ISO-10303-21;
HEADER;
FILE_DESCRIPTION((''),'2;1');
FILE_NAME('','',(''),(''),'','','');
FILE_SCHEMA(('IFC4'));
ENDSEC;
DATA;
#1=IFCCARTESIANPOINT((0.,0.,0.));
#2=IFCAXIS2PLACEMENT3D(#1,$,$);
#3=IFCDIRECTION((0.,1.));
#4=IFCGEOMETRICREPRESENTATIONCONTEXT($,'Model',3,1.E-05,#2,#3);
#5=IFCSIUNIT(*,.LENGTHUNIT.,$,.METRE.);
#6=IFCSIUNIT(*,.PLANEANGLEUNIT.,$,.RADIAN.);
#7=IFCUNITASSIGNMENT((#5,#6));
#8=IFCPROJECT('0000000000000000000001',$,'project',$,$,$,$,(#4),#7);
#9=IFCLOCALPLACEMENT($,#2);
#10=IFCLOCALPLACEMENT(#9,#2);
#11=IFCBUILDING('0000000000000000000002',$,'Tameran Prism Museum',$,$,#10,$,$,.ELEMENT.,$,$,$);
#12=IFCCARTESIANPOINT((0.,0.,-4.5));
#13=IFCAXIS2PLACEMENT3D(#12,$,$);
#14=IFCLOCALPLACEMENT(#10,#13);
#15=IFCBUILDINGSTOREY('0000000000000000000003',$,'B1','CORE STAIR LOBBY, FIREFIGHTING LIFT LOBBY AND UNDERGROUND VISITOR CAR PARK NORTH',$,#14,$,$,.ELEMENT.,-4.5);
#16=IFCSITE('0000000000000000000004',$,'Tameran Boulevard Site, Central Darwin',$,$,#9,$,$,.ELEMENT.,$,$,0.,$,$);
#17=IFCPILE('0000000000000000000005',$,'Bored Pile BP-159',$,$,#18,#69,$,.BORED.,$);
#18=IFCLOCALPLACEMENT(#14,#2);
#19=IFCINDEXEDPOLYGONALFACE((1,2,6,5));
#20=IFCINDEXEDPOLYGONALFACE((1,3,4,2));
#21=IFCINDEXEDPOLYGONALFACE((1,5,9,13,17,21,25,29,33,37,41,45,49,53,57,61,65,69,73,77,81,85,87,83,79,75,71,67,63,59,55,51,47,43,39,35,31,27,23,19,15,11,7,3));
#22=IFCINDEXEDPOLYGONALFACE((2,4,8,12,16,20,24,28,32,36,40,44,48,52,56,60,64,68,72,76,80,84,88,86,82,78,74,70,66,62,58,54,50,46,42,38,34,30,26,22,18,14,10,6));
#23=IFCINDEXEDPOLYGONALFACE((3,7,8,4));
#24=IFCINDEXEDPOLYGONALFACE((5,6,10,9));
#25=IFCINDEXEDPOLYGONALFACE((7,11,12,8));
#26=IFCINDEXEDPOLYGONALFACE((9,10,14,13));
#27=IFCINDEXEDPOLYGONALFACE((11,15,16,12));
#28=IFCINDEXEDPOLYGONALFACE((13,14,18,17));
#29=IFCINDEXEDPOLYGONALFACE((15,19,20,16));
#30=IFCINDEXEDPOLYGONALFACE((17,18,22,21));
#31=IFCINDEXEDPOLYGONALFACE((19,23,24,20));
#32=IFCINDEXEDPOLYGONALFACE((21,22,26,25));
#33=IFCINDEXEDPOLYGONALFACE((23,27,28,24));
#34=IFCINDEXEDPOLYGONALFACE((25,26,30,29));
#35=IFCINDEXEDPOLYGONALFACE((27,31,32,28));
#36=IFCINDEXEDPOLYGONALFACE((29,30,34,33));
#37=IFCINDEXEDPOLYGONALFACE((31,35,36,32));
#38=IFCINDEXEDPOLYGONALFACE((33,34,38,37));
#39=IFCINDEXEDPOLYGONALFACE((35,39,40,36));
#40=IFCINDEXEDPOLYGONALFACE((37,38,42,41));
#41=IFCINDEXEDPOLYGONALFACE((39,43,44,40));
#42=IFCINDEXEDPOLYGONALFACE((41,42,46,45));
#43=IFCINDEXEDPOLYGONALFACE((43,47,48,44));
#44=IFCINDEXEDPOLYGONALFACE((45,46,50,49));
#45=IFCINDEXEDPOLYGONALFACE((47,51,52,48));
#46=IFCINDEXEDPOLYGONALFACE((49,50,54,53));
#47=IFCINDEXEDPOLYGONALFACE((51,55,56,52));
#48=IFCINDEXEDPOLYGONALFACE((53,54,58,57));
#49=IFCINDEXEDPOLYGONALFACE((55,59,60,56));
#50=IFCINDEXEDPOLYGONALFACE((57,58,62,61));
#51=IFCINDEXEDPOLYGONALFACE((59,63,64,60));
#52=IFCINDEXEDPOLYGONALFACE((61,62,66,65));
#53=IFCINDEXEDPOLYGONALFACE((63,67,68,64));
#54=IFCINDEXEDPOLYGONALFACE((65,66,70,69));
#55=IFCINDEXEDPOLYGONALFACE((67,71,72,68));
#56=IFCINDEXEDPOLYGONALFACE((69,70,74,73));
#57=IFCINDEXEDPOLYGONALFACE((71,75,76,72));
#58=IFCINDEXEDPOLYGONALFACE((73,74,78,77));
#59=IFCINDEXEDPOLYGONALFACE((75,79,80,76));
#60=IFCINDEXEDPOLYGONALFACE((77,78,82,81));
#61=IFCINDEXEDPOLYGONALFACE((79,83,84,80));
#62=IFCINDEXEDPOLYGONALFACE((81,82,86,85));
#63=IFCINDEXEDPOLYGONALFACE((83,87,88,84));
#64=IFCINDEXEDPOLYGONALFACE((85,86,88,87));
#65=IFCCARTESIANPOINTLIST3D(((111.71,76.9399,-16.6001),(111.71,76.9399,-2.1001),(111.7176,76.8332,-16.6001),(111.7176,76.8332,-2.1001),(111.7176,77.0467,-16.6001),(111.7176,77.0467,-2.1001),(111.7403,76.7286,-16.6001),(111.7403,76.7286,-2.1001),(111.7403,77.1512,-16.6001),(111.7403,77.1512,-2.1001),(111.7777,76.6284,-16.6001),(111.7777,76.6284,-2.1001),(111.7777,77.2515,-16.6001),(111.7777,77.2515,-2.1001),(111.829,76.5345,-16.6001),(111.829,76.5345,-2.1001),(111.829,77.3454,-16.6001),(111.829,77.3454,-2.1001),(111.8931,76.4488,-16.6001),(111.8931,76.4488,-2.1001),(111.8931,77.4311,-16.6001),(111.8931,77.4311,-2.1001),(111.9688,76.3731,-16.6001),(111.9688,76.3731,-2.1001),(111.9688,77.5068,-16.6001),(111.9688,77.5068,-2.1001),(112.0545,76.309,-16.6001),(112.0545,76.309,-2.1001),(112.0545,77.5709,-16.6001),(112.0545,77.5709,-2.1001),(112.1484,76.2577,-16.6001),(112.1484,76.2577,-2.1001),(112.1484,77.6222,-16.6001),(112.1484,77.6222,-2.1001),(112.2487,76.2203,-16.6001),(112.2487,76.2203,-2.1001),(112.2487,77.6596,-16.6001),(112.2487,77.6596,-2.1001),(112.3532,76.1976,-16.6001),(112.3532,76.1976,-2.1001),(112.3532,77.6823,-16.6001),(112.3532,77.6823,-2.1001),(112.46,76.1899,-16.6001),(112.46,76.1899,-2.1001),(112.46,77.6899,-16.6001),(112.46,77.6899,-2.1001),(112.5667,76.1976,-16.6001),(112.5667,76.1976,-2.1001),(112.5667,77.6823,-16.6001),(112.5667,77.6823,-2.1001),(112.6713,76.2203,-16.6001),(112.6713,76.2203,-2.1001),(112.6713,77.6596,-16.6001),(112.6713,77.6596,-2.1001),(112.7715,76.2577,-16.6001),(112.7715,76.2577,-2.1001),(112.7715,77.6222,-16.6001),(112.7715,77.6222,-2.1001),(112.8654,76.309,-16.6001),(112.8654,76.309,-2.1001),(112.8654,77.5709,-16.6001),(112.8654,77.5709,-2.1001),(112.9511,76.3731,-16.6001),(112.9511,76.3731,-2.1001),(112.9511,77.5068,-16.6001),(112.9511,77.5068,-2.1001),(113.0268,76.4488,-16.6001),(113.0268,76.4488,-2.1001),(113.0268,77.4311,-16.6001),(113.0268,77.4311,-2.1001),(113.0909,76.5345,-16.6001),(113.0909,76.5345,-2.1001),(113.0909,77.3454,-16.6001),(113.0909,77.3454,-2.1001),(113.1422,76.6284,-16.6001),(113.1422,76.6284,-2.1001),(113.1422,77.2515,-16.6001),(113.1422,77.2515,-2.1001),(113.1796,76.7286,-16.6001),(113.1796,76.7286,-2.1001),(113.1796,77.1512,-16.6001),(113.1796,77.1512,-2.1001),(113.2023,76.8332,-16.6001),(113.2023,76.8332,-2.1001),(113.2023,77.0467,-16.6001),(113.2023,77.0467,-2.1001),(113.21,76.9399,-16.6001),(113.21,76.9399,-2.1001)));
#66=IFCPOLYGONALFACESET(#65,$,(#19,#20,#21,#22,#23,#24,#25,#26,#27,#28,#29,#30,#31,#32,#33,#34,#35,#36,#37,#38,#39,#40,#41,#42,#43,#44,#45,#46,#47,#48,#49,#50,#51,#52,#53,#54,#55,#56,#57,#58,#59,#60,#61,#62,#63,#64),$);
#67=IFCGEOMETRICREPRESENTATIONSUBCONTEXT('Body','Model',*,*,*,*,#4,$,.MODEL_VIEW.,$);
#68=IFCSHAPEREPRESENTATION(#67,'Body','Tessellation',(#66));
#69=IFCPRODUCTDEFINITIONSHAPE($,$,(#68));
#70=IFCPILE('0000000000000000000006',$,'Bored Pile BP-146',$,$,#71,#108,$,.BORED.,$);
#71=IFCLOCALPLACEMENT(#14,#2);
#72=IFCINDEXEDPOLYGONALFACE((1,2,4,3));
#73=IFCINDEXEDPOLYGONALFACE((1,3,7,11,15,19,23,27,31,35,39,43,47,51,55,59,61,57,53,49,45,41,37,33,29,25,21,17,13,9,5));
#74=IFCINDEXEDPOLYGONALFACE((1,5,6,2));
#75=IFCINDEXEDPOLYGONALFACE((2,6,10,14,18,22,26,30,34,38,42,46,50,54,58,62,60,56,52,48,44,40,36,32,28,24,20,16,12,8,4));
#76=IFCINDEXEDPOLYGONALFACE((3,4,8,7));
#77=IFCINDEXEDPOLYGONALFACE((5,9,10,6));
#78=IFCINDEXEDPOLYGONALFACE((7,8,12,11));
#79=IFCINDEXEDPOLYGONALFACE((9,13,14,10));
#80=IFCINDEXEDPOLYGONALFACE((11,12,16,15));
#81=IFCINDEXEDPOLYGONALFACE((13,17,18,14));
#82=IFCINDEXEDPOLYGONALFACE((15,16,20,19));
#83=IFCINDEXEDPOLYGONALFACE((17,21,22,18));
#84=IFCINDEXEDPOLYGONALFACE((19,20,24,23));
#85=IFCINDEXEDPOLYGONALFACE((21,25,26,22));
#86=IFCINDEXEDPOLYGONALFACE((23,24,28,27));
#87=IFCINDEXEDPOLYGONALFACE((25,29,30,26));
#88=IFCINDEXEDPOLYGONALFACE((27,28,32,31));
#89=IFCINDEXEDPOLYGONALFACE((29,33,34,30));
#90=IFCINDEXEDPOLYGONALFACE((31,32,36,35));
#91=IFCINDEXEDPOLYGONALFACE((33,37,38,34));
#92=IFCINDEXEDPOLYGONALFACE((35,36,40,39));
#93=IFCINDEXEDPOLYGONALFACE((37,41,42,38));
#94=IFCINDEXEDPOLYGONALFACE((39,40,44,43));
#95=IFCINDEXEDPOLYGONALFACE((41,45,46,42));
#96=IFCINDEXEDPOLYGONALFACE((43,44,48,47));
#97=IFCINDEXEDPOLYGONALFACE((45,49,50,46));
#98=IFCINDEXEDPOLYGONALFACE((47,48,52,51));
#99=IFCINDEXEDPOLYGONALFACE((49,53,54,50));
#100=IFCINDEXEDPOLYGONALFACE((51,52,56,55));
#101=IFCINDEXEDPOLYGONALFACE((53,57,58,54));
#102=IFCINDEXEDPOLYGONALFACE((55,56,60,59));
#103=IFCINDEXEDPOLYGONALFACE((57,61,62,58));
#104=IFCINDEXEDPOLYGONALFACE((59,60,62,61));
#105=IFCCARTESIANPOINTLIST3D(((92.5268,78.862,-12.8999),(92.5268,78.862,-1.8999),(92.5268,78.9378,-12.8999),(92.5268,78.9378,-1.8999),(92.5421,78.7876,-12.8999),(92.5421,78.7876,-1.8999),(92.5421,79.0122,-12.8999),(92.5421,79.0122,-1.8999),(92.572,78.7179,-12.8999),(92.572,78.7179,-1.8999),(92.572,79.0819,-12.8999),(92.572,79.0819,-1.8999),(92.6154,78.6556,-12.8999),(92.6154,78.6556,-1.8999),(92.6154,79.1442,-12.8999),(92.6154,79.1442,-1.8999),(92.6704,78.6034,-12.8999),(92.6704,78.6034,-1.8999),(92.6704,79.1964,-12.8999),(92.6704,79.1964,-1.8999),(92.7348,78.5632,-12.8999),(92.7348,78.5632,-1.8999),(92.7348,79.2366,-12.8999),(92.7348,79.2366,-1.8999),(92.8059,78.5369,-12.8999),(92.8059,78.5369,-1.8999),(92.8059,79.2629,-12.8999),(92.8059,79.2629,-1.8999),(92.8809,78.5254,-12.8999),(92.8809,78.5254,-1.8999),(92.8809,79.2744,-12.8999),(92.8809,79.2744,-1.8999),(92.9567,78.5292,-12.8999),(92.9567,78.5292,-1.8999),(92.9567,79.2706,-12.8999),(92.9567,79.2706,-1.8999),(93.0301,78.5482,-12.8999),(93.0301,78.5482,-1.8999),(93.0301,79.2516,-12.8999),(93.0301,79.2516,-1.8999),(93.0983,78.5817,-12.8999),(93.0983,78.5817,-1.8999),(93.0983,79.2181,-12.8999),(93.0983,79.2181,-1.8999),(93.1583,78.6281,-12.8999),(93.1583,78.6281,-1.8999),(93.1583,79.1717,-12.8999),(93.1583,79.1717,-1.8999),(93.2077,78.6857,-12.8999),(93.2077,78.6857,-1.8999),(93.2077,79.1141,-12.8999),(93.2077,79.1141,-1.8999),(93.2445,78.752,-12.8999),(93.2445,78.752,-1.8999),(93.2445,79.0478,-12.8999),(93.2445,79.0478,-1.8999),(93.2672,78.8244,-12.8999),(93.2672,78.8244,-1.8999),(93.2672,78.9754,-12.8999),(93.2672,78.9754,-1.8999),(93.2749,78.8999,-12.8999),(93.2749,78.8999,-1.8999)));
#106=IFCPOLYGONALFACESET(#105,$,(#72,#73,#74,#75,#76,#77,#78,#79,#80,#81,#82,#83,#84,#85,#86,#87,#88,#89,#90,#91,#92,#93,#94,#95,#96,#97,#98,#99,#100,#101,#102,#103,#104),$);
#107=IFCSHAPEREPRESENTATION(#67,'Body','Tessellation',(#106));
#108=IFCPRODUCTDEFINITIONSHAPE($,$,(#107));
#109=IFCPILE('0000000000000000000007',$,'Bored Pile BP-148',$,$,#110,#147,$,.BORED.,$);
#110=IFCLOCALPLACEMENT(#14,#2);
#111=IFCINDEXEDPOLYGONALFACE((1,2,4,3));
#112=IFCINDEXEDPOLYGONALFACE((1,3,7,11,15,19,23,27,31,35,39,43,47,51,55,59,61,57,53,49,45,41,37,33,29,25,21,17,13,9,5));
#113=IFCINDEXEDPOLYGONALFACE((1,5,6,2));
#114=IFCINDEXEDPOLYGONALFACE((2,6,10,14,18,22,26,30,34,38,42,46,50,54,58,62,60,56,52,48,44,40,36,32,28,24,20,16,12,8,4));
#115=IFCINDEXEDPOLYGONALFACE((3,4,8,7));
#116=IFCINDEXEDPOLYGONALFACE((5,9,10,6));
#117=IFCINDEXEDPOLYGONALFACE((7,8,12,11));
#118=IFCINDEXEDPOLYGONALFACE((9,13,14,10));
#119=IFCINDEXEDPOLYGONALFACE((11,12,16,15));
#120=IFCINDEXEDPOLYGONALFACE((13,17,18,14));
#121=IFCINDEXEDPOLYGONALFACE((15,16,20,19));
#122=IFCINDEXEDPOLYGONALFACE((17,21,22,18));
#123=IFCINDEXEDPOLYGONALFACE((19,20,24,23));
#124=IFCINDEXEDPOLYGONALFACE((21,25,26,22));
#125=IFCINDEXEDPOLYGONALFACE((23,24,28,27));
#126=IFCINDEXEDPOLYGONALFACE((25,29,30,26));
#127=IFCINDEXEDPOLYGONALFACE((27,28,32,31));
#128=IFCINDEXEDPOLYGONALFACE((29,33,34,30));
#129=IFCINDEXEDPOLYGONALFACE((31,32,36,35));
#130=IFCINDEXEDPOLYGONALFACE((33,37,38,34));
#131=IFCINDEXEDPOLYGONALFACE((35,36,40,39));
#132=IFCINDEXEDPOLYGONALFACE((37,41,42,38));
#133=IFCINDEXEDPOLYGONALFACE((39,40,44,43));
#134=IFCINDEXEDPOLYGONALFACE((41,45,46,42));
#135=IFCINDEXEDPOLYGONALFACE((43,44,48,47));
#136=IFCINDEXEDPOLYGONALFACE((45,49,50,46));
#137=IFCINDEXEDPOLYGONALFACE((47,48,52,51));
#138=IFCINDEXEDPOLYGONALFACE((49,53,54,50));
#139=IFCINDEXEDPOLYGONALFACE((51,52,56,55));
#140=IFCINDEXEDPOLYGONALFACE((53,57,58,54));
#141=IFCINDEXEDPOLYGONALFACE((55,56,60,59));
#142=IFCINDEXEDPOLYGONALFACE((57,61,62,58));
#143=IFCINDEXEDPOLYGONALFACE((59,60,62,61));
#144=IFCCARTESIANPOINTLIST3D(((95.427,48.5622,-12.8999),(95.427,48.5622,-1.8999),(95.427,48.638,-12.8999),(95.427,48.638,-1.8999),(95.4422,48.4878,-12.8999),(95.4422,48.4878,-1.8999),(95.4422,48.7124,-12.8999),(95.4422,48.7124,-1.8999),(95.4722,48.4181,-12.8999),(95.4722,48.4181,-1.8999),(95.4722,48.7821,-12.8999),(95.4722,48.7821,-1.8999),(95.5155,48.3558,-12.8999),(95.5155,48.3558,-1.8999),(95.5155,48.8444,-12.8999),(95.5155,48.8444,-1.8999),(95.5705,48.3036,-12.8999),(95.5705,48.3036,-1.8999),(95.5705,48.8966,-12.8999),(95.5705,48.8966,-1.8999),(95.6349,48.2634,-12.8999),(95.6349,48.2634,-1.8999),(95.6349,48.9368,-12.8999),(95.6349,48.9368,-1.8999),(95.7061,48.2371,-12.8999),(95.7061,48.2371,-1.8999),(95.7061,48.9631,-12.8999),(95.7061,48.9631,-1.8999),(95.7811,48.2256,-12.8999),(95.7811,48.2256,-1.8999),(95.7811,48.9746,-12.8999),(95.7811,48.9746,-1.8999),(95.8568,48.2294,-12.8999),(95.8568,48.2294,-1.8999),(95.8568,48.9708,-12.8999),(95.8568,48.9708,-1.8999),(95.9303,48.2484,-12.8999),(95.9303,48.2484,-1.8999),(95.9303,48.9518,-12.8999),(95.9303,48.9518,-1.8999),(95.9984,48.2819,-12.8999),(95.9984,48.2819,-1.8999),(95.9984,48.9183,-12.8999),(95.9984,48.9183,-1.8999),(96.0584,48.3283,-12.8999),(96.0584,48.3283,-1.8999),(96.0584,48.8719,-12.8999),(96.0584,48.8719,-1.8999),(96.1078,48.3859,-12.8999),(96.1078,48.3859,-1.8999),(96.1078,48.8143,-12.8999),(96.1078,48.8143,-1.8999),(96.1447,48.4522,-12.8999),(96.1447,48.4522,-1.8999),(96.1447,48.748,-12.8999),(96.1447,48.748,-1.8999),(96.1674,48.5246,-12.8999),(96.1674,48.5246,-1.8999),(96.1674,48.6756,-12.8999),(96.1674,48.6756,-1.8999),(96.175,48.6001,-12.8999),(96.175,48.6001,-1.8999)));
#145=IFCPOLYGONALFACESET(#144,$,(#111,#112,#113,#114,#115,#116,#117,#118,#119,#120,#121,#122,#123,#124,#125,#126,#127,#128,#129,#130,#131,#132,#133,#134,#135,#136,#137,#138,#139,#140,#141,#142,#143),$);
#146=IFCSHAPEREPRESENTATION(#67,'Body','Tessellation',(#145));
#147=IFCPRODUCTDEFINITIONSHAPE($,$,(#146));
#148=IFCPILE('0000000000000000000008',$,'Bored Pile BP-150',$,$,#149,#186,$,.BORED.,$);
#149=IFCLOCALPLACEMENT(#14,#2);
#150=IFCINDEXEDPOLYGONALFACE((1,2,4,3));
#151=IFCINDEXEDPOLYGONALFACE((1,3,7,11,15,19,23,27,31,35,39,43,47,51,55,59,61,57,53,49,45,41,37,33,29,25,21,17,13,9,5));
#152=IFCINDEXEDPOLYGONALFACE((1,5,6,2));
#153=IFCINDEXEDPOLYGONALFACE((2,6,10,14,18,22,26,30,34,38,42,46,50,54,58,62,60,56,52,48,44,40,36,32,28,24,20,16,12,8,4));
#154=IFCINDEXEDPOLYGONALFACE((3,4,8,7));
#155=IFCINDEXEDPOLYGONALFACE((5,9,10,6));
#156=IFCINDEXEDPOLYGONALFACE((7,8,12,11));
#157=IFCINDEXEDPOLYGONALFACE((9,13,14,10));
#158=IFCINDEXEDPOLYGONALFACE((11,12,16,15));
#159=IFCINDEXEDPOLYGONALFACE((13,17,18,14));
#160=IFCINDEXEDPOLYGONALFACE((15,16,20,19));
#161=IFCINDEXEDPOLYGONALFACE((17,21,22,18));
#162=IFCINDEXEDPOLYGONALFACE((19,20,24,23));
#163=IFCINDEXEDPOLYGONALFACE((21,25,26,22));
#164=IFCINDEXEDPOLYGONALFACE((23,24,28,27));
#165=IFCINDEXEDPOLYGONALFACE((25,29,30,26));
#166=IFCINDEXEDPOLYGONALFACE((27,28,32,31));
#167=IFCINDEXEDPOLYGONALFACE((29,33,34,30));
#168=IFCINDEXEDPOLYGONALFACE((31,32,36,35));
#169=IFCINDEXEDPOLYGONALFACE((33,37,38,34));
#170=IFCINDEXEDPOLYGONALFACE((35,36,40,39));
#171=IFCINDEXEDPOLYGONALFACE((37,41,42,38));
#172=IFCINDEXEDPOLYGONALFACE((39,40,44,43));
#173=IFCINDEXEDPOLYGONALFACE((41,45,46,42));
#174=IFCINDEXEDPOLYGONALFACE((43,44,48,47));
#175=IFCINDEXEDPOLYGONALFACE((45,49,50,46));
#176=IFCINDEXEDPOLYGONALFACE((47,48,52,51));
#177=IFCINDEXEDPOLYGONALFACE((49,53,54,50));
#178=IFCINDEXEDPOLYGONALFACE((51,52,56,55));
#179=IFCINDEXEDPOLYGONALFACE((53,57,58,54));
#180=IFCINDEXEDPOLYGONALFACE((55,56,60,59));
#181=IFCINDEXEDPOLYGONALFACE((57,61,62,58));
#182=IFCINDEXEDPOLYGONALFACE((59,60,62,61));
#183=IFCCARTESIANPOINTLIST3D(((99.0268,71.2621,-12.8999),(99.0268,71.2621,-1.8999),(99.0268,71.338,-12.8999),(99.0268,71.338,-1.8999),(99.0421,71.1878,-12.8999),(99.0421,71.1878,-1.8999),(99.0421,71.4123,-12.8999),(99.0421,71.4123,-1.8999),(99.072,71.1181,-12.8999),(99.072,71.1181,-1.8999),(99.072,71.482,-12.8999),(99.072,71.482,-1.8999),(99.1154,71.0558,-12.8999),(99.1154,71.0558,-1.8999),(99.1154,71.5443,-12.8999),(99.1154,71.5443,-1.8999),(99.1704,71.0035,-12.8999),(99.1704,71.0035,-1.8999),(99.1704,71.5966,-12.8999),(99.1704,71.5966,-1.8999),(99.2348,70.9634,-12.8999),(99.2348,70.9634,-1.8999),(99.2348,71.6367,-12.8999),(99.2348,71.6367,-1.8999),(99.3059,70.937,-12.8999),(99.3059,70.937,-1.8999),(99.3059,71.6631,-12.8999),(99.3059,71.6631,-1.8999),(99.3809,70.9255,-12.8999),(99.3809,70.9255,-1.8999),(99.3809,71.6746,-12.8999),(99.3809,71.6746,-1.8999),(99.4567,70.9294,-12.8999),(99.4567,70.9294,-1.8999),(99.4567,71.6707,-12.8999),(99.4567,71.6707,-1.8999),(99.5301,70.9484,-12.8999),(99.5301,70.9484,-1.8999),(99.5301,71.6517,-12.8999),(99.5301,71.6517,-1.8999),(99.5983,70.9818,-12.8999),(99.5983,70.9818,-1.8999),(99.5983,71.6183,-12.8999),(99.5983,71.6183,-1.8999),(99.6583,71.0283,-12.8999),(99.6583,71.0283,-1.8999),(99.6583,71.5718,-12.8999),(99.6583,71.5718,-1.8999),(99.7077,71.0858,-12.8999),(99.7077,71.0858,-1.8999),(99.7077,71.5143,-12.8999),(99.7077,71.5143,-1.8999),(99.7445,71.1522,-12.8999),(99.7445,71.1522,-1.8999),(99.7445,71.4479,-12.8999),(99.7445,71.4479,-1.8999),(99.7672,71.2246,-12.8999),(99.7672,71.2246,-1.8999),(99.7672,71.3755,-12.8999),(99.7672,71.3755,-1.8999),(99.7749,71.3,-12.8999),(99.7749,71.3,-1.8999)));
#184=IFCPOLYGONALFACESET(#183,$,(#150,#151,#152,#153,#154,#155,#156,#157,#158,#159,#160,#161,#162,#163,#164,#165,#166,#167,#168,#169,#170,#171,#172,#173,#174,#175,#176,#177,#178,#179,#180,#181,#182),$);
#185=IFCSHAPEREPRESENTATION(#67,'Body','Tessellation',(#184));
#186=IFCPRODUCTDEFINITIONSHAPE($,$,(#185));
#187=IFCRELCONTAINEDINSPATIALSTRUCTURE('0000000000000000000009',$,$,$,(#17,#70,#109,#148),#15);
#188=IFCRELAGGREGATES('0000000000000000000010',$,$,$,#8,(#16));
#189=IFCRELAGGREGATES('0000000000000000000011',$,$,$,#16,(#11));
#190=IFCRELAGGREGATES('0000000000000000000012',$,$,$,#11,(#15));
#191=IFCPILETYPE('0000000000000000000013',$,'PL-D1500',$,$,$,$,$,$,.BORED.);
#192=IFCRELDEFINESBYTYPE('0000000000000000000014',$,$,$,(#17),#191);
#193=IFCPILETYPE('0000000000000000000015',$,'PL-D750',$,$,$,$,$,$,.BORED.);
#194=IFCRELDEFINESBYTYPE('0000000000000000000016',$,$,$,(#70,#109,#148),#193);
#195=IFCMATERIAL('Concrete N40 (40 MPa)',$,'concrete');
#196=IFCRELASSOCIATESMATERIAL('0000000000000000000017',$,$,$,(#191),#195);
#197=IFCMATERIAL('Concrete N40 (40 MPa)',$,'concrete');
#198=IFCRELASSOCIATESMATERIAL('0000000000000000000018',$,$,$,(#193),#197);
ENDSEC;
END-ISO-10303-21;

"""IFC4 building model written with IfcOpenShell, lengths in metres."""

from ifc_helpers import new_model, si_unit, direction, frame, origin, origin_2d, place, context, subcontext, project, spatial, circle, extrude, material, material_profile, profile_set, type_object, element, save


model = new_model("IFC4")

# Units and contexts
model_context = context("Model", 3, precision=1e-05, world=origin(), true_north=direction((0.0, 1.0)))
body_context = subcontext(model_context, "Body", "Model", "MODEL_VIEW")
ifc_project = project(units=[si_unit("LENGTHUNIT", "METRE"), si_unit("PLANEANGLEUNIT", "RADIAN")], contexts=[model_context])

# Site, building, storey
site_placement = place(None, origin())
site = spatial("IfcSite", under=ifc_project, at=site_placement, Name="Tameran Boulevard Site, Central Darwin", CompositionType="ELEMENT", RefElevation=0.0)
building_placement = place(site_placement, origin())
building = spatial("IfcBuilding", under=site, at=building_placement, Name="Tameran Prism Museum", CompositionType="ELEMENT")
storey_placement = place(building_placement, frame((0.0, 0.0, -4.5)))
storey = spatial("IfcBuildingStorey", under=building, at=storey_placement, Name="B1", Description="CORE STAIR LOBBY, FIREFIGHTING LIFT LOBBY AND UNDERGROUND VISITOR CAR PARK NORTH", CompositionType="ELEMENT", Elevation=-4.5)

# Piles
ifc_material_1 = material(Name="Concrete N40 (40 MPa)", Category="concrete")
ifc_material_profile_1 = material_profile(ifc_material_1, circle(Radius=0.75, at=origin_2d()))
ifc_profile_set_1 = profile_set([ifc_material_profile_1])
pile_type_1 = type_object("IfcPileType", Name="PL-D1500", PredefinedType="BORED", material=ifc_profile_set_1)
for number, where, z_axis, x_axis, name in (
    (1, (112.46, 76.9399, -2.1001), (0.0, 0.0, -1.0), (1.0, 0.0, 0.0), "Bored Pile BP-159"),
):
    element("IfcPile", number, at=place(storey_placement, frame(where, z_axis=z_axis, x_axis=x_axis)), inside=storey, type_object=pile_type_1, Name=name, PredefinedType="BORED", context=body_context, shape_type="SweptSolid", body=[
        extrude(circle(Radius=0.75, at=origin_2d()), origin(), (0.0, 0.0, 1.0), 14.5),
    ])
ifc_material_2 = material(Name="Concrete N40 (40 MPa)", Category="concrete")
ifc_material_profile_2 = material_profile(ifc_material_2, circle(Radius=0.375, at=origin_2d()))
ifc_profile_set_2 = profile_set([ifc_material_profile_2])
pile_type_2 = type_object("IfcPileType", Name="PL-D750", PredefinedType="BORED", material=ifc_profile_set_2)
for number, where, z_axis, x_axis, name in (
    (2, (92.8999, 78.8999, -1.8999), (0.0, 0.0, -1.0), (1.0, 0.0, 0.0), "Bored Pile BP-146"),
    (3, (95.8, 48.6001, -1.8999), (0.0, 0.0, -1.0), (1.0, 0.0, 0.0), "Bored Pile BP-148"),
    (4, (99.3999, 71.3, -1.8999), (0.0, 0.0, -1.0), (1.0, 0.0, 0.0), "Bored Pile BP-150"),
):
    element("IfcPile", number, at=place(storey_placement, frame(where, z_axis=z_axis, x_axis=x_axis)), inside=storey, type_object=pile_type_2, Name=name, PredefinedType="BORED", context=body_context, shape_type="SweptSolid", body=[
        extrude(circle(Radius=0.375, at=origin_2d()), origin(), (0.0, 0.0, 1.0), 11.0),
    ])

save(model, "model.ifc")
